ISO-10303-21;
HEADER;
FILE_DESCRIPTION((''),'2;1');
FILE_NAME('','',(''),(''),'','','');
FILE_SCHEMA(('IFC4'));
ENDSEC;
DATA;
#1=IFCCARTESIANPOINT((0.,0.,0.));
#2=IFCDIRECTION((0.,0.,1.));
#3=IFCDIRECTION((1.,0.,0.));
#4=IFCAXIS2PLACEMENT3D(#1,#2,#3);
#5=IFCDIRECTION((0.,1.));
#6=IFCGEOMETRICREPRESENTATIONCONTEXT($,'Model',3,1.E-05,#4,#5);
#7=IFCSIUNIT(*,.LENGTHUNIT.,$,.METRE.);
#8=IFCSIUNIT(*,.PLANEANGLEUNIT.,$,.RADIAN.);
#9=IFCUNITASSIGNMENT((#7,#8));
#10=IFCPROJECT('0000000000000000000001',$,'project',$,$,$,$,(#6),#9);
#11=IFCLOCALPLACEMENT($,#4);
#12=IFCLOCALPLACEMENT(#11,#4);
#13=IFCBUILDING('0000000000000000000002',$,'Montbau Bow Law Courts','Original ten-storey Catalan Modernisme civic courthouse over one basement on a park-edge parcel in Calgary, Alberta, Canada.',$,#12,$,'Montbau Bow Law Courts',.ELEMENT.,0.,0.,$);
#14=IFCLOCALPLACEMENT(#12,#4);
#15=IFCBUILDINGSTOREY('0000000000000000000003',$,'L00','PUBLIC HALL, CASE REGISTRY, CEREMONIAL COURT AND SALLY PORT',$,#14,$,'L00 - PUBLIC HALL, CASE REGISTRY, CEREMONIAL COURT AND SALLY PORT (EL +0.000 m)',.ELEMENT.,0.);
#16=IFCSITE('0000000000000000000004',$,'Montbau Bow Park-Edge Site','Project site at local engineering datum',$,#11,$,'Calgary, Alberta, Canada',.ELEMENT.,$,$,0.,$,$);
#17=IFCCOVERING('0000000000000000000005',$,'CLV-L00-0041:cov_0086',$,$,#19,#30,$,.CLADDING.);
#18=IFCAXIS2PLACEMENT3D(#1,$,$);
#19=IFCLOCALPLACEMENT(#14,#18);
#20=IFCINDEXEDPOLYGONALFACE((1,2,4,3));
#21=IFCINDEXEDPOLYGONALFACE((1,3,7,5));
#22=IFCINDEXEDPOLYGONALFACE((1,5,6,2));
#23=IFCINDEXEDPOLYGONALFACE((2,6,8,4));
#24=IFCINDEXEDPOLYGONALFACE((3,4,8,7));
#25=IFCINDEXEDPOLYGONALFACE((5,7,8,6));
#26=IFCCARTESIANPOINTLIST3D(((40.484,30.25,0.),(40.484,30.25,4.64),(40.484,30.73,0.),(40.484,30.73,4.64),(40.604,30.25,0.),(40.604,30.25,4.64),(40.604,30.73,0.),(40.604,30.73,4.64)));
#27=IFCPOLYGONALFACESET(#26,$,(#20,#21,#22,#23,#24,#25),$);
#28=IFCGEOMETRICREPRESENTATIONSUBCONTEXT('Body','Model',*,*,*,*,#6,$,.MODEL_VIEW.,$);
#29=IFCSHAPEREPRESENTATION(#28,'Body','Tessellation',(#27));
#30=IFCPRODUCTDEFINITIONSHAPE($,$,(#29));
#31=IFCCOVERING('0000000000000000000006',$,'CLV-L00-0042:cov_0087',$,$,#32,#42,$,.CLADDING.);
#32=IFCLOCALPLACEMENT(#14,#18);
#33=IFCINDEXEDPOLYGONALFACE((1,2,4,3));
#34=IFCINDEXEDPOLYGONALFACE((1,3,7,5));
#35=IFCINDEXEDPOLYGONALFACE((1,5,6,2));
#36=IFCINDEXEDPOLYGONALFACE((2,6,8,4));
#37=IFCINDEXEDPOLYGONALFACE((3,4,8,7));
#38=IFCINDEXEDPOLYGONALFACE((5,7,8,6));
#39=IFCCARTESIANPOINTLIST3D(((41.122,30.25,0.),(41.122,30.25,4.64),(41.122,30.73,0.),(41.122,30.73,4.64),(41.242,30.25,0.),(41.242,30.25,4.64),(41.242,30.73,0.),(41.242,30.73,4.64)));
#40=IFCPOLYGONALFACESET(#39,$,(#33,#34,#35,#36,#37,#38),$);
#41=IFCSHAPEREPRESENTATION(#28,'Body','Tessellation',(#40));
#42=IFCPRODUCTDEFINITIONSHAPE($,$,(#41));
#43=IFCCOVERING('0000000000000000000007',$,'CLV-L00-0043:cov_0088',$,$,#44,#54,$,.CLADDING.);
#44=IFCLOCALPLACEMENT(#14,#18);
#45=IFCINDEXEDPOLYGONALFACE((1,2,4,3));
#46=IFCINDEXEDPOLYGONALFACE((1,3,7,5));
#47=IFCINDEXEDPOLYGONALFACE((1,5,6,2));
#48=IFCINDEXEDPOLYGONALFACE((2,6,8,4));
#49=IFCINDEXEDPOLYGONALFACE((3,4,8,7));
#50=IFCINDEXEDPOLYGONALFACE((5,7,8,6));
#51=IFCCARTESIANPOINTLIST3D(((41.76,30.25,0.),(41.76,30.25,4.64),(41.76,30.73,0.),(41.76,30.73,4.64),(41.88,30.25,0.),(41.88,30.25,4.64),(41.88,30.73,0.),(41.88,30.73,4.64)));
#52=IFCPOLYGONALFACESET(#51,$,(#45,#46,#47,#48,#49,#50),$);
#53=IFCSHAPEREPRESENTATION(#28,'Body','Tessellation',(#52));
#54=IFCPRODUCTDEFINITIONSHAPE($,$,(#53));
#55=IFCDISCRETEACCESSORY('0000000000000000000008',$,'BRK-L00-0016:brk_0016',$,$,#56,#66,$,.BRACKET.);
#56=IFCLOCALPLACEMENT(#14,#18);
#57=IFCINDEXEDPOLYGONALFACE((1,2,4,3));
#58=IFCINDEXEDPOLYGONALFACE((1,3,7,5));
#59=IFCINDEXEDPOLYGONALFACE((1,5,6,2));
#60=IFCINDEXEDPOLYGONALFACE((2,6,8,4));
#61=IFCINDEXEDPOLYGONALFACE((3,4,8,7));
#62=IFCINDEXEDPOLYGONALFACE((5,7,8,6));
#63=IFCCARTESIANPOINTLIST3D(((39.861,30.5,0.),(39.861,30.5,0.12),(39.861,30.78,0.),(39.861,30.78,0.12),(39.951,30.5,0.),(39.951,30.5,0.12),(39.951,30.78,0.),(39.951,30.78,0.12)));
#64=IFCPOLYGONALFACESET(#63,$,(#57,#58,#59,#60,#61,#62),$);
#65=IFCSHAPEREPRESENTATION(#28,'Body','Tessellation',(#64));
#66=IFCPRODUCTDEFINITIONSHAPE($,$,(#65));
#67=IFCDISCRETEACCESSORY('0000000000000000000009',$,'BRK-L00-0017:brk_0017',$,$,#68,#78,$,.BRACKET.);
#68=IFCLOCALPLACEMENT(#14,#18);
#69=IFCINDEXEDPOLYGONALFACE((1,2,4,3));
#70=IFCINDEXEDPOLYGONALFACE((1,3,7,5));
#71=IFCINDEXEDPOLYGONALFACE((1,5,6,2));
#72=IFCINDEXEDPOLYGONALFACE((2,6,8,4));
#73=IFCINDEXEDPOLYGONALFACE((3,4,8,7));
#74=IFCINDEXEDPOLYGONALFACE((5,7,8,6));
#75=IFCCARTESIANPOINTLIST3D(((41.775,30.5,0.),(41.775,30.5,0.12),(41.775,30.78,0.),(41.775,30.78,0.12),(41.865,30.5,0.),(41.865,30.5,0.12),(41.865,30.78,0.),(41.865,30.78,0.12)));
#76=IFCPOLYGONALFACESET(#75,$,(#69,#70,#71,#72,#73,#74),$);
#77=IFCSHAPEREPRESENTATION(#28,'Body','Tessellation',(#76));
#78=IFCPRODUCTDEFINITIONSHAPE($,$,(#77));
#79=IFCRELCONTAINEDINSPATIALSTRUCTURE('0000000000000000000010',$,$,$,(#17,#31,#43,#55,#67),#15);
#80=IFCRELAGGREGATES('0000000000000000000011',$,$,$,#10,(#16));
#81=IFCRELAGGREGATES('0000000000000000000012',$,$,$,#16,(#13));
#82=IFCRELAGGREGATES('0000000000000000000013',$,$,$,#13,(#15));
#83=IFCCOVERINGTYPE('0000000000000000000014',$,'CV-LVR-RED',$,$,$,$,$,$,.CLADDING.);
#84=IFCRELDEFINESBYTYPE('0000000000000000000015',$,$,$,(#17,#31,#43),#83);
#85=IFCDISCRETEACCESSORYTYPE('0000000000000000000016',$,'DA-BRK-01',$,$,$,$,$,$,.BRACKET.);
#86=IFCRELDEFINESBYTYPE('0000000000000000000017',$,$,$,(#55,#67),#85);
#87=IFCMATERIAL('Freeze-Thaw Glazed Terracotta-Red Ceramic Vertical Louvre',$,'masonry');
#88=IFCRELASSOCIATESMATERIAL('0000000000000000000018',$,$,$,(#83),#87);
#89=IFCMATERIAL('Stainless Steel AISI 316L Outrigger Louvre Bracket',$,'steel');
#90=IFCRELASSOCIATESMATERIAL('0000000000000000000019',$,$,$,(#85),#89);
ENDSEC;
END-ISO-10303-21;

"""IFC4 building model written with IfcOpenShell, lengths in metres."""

from ifc_helpers import new_model, si_unit, direction, frame, frame_2d, origin_with_axes, origin_2d_with_axis, place, context, subcontext, project, spatial, rectangle, extrude, material, type_object, element, save


model = new_model("IFC4")

# Units and contexts
model_context = context("Model", 3, precision=1e-05, world=origin_with_axes(), true_north=direction((0.0, 1.0)))
body_context = subcontext(model_context, "Body", "Model", "MODEL_VIEW")
ifc_project = project(units=[si_unit("LENGTHUNIT", "METRE"), si_unit("PLANEANGLEUNIT", "RADIAN")], contexts=[model_context])

# Site, building, storey
site_placement = place(None, origin_with_axes())
site = spatial("IfcSite", under=ifc_project, at=site_placement, Name="Montbau Bow Park-Edge Site", Description="Project site at local engineering datum", LongName="Calgary, Alberta, Canada", CompositionType="ELEMENT", RefElevation=0.0)
building_placement = place(site_placement, origin_with_axes())
building = spatial("IfcBuilding", under=site, at=building_placement, Name="Montbau Bow Law Courts", Description="Original ten-storey Catalan Modernisme civic courthouse over one basement on a park-edge parcel in Calgary, Alberta, Canada.", LongName="Montbau Bow Law Courts", CompositionType="ELEMENT", ElevationOfRefHeight=0.0, ElevationOfTerrain=0.0)
storey_placement = place(building_placement, origin_with_axes())
storey = spatial("IfcBuildingStorey", under=building, at=storey_placement, Name="L00", Description="PUBLIC HALL, CASE REGISTRY, CEREMONIAL COURT AND SALLY PORT", LongName="L00 - PUBLIC HALL, CASE REGISTRY, CEREMONIAL COURT AND SALLY PORT (EL +0.000 m)", CompositionType="ELEMENT", Elevation=0.0)

# Coverings
ifc_material_1 = material(Name="Freeze-Thaw Glazed Terracotta-Red Ceramic Vertical Louvre", Category="masonry")
covering_type = type_object("IfcCoveringType", Name="CV-LVR-RED", PredefinedType="CLADDING", material=ifc_material_1)
for number, where, z_axis, x_axis, name in (
    (1, (40.544, 30.73, 0.0), (-1.0, 0.0, 0.0), (0.0, -1.0, 0.0), "CLV-L00-0041:cov_0086"),
    (2, (41.182, 30.73, 0.0), (-1.0, 0.0, 0.0), (0.0, -1.0, 0.0), "CLV-L00-0042:cov_0087"),
    (3, (41.82, 30.73, 0.0), (-1.0, 0.0, 0.0), (0.0, -1.0, 0.0), "CLV-L00-0043:cov_0088"),
):
    element("IfcCovering", number, at=place(None, frame(where, z_axis=z_axis, x_axis=x_axis)), inside=storey, type_object=covering_type, Name=name, PredefinedType="CLADDING", context=body_context, shape_type="SweptSolid", body=[
        extrude(rectangle(XDim=0.48, YDim=4.64, at=frame_2d((0.24, 2.32), x_axis=(1.0, 0.0))), frame((0.0, 0.0, -0.06), z_axis=(0.0, 0.0, 1.0), x_axis=(1.0, 0.0, 0.0)), (0.0, 0.0, 1.0), 0.12),
    ])

# Discrete accessories
ifc_material_2 = material(Name="Stainless Steel AISI 316L Outrigger Louvre Bracket", Category="steel")
discrete_accessory_type = type_object("IfcDiscreteAccessoryType", Name="DA-BRK-01", PredefinedType="BRACKET", material=ifc_material_2)
for number, where, z_axis, x_axis, name in (
    (4, (39.906, 30.64, 0.0), (0.0, 0.0, 1.0), (0.0, -1.0, 0.0), "BRK-L00-0016:brk_0016"),
    (5, (41.82, 30.64, 0.0), (0.0, 0.0, 1.0), (0.0, -1.0, 0.0), "BRK-L00-0017:brk_0017"),
):
    element("IfcDiscreteAccessory", number, at=place(None, frame(where, z_axis=z_axis, x_axis=x_axis)), inside=storey, type_object=discrete_accessory_type, Name=name, PredefinedType="BRACKET", context=body_context, shape_type="SweptSolid", body=[
        extrude(rectangle(XDim=0.28, YDim=0.09, at=origin_2d_with_axis()), origin_with_axes(), (0.0, 0.0, 1.0), 0.12),
    ])

save(model, "model.ifc")
